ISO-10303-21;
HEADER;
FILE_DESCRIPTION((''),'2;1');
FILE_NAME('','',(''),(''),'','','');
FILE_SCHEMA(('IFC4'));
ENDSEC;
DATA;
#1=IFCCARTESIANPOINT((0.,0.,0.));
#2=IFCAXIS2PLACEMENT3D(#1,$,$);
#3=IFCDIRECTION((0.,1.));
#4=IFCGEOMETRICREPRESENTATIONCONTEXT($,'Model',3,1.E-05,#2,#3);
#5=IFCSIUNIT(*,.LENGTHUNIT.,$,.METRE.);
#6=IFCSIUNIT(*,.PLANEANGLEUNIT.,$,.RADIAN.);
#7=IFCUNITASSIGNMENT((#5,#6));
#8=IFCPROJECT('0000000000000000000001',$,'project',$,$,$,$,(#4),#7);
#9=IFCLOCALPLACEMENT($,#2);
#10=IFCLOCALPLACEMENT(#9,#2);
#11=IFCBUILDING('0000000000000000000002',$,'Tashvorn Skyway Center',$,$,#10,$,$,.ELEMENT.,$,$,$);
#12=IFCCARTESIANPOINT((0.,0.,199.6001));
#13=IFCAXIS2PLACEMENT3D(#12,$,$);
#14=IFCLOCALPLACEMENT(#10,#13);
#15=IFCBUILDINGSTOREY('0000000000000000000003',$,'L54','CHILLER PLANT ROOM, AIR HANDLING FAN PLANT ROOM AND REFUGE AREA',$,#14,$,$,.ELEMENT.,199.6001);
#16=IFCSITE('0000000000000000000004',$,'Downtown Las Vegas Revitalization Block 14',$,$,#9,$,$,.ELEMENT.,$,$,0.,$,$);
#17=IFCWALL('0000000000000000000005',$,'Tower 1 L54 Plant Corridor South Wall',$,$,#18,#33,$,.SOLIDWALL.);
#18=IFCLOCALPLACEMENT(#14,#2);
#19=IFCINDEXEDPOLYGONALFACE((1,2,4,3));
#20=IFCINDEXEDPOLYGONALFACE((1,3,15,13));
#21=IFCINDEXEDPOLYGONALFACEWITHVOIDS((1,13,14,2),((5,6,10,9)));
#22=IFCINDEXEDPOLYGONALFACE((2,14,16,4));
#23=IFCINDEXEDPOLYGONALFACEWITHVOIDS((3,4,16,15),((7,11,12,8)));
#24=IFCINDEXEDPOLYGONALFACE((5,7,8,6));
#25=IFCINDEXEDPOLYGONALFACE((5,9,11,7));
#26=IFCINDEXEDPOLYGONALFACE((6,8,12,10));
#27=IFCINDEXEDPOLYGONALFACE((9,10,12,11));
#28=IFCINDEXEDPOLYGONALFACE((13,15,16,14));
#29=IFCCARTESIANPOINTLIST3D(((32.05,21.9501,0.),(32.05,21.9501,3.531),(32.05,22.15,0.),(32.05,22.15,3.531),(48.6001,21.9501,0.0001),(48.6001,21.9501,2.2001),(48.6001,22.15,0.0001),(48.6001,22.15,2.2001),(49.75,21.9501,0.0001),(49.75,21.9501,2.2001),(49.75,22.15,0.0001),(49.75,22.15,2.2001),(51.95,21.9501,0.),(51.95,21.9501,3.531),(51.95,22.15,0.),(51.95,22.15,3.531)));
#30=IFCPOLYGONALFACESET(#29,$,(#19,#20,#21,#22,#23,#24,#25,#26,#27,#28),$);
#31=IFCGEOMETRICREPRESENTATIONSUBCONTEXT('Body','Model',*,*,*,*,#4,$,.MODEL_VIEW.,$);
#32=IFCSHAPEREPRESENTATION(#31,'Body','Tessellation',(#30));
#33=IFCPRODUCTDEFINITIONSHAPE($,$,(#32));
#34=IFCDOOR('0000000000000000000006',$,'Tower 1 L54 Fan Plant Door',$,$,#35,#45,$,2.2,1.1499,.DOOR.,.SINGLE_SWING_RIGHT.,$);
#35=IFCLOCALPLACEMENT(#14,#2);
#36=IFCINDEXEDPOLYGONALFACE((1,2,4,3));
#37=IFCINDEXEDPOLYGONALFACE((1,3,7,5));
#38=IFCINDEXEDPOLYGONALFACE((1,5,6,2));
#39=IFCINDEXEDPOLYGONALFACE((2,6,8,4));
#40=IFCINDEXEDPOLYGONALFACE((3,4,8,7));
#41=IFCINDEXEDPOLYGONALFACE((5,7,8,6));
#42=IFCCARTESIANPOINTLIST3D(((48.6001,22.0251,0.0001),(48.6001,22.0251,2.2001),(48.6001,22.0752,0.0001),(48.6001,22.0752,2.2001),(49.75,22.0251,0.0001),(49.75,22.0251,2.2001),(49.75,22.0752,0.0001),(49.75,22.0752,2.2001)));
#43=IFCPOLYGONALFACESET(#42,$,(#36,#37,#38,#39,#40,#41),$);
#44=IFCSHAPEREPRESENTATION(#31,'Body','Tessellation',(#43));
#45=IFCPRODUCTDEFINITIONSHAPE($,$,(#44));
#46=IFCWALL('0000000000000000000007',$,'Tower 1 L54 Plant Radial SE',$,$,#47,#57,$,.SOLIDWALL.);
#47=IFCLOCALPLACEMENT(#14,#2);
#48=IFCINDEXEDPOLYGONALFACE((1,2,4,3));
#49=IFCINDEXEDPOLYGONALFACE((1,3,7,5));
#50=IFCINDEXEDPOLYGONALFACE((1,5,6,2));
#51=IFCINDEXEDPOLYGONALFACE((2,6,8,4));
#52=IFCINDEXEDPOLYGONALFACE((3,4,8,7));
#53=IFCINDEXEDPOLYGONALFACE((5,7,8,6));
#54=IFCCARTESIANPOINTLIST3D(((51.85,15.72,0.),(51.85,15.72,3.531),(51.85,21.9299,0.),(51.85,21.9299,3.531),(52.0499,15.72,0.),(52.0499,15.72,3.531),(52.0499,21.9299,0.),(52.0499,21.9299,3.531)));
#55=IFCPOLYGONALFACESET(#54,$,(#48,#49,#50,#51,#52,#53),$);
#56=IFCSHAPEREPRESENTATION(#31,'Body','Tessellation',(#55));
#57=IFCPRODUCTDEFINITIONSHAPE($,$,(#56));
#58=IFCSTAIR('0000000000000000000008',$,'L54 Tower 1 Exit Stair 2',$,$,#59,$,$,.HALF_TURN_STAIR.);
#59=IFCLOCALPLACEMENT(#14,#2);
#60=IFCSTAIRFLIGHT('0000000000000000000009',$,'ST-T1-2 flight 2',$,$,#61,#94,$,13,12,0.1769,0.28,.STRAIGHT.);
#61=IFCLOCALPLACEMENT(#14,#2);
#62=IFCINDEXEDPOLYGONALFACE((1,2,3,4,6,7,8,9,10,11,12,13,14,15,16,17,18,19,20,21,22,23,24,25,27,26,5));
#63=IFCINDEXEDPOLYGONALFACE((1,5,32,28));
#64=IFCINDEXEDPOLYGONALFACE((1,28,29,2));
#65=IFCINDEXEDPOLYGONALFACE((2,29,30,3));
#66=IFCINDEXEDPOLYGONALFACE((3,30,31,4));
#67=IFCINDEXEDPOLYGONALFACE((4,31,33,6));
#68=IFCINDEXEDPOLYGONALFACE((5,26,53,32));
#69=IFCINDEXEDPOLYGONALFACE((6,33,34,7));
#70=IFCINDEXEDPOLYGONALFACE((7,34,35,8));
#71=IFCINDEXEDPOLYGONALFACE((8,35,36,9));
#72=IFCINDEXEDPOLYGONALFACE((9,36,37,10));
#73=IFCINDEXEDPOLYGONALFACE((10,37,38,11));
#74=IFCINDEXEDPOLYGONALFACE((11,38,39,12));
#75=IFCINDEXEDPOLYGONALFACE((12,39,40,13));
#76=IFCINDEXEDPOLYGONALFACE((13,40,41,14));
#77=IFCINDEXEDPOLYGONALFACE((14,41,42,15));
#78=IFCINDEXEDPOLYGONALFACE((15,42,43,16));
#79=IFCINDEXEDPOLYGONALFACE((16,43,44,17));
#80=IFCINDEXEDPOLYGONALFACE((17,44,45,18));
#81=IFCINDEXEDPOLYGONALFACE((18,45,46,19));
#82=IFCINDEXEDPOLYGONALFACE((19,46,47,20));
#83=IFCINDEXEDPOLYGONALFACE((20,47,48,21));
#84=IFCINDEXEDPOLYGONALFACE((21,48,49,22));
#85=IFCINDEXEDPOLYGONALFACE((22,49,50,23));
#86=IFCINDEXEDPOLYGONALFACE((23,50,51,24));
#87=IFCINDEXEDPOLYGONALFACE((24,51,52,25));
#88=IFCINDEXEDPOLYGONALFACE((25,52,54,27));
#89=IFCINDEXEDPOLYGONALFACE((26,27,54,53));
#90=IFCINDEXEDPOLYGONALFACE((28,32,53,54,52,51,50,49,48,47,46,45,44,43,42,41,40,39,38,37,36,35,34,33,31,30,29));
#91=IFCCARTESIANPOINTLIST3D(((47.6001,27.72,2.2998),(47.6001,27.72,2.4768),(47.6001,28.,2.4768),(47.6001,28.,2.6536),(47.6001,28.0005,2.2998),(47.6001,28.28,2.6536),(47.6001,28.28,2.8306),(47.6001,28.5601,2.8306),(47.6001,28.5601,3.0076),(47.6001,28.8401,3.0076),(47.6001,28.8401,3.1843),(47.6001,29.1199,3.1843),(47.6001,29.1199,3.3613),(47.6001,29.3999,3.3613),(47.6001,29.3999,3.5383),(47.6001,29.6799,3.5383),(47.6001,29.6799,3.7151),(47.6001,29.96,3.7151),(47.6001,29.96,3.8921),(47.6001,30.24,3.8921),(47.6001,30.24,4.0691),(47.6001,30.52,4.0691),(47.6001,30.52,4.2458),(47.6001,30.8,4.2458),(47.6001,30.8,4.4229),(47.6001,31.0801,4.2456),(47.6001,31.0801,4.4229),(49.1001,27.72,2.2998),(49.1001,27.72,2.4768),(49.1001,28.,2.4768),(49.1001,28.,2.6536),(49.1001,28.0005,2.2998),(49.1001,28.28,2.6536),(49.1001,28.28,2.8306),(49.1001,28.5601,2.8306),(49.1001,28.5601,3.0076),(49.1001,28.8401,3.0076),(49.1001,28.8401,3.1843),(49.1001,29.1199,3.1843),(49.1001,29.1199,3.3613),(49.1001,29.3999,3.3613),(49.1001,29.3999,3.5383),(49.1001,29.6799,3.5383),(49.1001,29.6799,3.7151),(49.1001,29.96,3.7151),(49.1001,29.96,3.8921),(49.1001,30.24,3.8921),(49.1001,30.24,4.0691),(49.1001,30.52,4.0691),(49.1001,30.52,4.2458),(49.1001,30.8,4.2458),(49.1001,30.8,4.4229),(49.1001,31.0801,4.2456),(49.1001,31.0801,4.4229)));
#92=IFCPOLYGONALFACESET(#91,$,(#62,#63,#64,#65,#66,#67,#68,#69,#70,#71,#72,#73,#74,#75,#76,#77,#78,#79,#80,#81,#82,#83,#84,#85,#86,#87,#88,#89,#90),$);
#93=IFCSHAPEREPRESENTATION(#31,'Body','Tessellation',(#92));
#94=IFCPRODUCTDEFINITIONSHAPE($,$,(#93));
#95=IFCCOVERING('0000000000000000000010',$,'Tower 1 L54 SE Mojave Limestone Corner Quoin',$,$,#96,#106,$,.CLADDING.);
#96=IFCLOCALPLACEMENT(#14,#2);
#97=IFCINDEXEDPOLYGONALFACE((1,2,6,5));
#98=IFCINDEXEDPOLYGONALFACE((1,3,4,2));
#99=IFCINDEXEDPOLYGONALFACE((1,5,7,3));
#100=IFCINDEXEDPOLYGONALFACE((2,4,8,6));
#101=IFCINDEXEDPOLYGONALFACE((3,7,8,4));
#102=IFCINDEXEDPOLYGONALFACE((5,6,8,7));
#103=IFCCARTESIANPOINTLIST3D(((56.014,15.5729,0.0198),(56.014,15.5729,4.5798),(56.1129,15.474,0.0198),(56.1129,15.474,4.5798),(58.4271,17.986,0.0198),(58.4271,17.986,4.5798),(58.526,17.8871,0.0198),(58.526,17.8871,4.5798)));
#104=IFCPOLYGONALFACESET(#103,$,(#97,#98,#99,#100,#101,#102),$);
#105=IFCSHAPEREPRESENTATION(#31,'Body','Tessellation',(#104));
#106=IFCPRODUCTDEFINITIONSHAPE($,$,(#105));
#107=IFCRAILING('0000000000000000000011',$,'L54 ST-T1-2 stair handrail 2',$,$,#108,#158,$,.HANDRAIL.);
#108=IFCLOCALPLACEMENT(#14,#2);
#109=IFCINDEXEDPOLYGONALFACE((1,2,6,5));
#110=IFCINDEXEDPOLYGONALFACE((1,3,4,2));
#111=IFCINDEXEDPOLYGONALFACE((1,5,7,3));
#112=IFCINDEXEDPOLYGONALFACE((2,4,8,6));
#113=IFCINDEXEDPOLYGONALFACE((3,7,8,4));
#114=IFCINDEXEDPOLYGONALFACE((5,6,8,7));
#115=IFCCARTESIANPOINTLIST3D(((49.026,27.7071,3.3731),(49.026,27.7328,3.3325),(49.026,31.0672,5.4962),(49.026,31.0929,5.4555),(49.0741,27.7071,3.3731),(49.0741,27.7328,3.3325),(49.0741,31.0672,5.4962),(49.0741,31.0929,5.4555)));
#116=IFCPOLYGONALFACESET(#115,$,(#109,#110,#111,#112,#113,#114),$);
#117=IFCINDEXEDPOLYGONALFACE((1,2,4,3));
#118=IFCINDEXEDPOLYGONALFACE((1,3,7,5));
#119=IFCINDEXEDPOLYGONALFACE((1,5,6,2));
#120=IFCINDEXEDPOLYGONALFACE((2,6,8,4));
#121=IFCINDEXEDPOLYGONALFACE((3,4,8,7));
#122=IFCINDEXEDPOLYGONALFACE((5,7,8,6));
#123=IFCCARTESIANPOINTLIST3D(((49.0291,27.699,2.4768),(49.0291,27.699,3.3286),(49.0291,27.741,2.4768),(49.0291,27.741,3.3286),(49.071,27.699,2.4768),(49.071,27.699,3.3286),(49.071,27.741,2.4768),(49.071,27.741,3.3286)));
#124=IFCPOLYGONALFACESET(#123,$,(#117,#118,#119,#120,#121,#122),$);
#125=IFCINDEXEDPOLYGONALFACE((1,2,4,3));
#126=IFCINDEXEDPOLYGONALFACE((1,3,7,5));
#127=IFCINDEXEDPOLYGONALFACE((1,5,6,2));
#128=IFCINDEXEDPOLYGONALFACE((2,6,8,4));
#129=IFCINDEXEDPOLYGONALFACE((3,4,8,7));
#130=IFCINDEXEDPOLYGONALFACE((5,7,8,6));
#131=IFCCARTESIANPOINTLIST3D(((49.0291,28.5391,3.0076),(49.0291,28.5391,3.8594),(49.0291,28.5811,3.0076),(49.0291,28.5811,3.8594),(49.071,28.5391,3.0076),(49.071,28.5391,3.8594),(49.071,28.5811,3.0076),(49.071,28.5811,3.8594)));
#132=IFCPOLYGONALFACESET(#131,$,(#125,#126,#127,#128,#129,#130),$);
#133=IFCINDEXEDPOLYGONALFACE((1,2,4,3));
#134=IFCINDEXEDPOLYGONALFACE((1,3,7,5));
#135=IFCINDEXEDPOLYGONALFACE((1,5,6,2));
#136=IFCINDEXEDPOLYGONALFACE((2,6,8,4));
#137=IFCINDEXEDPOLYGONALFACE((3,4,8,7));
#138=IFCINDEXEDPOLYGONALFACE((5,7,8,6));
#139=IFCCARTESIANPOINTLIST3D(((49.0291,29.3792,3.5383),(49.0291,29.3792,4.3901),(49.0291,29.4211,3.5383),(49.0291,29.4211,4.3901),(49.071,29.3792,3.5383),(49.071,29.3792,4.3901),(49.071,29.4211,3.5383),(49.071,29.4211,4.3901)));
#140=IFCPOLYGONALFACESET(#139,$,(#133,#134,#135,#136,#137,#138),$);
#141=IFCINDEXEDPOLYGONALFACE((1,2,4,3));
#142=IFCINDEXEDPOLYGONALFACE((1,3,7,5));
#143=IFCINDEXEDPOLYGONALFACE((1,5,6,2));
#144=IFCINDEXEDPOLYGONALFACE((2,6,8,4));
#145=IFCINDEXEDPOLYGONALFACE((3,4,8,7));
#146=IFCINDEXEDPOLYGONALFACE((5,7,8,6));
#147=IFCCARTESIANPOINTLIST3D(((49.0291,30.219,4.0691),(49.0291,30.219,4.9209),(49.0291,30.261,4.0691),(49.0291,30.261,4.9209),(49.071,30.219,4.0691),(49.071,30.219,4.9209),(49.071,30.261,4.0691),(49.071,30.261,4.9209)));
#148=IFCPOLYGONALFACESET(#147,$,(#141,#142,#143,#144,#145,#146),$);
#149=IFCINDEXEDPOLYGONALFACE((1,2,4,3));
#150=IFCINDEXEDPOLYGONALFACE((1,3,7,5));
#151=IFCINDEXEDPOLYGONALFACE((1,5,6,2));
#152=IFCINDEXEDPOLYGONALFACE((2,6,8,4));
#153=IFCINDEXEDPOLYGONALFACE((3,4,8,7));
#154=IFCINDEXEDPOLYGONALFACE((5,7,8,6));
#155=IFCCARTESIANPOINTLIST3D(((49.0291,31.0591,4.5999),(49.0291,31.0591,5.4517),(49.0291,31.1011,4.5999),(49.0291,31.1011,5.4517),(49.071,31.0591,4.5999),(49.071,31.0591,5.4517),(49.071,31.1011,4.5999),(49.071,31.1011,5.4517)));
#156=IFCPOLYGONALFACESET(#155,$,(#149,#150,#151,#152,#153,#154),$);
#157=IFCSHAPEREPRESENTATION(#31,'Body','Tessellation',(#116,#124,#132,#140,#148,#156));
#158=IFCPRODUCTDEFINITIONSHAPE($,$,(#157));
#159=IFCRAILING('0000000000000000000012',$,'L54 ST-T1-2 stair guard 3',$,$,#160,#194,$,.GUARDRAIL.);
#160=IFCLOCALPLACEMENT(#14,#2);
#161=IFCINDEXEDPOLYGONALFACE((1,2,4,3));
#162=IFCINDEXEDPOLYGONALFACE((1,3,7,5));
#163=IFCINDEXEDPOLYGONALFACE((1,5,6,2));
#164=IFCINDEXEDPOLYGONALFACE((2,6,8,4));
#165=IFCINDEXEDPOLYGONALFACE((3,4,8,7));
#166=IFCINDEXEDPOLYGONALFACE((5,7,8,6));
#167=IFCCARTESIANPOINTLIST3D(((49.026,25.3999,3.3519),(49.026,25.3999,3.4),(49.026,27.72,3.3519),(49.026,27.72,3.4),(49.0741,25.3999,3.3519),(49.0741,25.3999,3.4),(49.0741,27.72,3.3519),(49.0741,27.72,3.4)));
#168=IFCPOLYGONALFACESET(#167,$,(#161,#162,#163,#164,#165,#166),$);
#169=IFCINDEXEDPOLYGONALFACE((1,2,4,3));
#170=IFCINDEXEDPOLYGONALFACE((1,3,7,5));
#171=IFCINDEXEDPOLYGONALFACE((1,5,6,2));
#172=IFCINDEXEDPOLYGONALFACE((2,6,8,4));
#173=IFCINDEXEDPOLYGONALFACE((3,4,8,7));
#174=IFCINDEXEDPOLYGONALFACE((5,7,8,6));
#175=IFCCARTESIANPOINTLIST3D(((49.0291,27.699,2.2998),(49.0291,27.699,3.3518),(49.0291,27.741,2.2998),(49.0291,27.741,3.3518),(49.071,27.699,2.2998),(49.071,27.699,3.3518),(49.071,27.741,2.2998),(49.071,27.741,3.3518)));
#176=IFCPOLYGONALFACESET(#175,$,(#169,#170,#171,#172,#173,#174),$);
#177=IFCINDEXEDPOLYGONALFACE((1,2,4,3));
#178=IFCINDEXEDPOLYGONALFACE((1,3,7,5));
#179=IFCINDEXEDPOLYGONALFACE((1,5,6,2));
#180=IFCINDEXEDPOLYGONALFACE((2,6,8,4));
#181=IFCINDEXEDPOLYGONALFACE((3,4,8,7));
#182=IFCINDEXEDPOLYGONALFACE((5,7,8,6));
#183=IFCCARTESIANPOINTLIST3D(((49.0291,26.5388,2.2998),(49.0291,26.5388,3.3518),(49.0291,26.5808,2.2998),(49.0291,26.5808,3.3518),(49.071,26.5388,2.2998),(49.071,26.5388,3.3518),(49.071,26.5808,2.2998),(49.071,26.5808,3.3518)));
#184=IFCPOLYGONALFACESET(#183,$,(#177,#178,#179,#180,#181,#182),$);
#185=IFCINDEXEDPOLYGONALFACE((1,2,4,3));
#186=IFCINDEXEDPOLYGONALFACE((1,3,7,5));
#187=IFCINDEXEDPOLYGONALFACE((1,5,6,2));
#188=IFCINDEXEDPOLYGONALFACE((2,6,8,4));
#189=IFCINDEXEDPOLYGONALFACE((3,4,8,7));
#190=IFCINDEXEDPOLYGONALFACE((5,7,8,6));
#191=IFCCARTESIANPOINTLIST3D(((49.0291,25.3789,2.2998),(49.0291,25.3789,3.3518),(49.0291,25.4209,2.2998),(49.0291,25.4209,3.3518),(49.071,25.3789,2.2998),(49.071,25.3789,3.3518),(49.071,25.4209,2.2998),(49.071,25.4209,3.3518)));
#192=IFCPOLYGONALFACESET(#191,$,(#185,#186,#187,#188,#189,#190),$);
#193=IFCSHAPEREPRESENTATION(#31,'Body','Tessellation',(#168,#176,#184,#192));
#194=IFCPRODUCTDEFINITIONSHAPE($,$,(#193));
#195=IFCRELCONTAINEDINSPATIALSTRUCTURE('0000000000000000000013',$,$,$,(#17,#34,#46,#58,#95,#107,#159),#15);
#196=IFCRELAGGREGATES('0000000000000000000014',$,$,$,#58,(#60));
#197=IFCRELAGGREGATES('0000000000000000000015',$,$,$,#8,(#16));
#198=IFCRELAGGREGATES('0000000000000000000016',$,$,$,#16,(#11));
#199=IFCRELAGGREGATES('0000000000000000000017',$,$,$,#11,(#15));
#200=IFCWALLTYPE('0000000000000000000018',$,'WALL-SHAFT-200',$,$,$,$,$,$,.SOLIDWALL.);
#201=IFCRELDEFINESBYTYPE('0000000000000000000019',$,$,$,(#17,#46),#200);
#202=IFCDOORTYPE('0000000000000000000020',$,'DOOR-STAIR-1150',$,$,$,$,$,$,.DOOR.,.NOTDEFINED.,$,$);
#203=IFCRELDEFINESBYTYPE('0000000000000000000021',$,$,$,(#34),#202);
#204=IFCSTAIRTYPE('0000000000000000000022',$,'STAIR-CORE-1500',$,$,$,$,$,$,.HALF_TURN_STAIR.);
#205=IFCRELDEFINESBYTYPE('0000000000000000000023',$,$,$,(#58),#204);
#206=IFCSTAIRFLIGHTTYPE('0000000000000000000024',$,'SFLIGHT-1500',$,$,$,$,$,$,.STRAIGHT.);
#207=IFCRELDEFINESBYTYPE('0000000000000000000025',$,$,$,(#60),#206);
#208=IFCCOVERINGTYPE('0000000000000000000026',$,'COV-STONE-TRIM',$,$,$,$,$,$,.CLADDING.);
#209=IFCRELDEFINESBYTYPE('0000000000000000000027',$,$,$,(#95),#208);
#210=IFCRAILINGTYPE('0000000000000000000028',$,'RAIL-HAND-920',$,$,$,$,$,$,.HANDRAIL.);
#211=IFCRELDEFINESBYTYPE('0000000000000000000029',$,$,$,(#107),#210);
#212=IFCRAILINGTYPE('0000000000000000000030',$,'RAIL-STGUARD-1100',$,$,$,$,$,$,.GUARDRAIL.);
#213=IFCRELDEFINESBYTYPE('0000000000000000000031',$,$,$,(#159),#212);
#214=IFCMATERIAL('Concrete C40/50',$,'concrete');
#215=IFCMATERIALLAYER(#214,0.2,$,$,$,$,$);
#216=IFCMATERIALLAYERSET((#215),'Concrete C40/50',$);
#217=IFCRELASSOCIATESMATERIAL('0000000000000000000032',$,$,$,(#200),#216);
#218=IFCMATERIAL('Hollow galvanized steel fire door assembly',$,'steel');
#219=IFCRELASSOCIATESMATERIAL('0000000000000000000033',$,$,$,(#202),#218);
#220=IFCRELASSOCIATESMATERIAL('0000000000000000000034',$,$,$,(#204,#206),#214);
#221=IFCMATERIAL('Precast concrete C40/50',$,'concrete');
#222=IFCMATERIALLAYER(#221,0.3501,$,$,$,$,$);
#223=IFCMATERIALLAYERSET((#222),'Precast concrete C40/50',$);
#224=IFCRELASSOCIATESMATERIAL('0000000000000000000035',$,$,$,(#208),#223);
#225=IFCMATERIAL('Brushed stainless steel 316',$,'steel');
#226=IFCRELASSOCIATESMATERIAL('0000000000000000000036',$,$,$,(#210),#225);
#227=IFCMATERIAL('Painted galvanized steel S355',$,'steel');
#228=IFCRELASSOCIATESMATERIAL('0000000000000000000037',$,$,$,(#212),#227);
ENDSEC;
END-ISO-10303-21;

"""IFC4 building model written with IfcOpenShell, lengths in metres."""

from ifc_helpers import new_model, si_unit, direction, frame, frame_2d, origin, origin_2d, place, context, subcontext, project, spatial, polyline, rectangle, outline, extrude, material, layer, layer_set, type_object, element, fill, aggregate, save


model = new_model("IFC4")

# Units and contexts
model_context = context("Model", 3, precision=1e-05, world=origin(), true_north=direction((0.0, 1.0)))
body_context = subcontext(model_context, "Body", "Model", "MODEL_VIEW")
ifc_project = project(units=[si_unit("LENGTHUNIT", "METRE"), si_unit("PLANEANGLEUNIT", "RADIAN")], contexts=[model_context])

# Site, building, storey
site_placement = place(None, origin())
site = spatial("IfcSite", under=ifc_project, at=site_placement, Name="Downtown Las Vegas Revitalization Block 14", CompositionType="ELEMENT", RefElevation=0.0)
building_placement = place(site_placement, origin())
building = spatial("IfcBuilding", under=site, at=building_placement, Name="Tashvorn Skyway Center", CompositionType="ELEMENT")
storey_placement = place(building_placement, frame((0.0, 0.0, 199.6001)))
storey = spatial("IfcBuildingStorey", under=building, at=storey_placement, Name="L54", Description="CHILLER PLANT ROOM, AIR HANDLING FAN PLANT ROOM AND REFUGE AREA", CompositionType="ELEMENT", Elevation=199.6001)

# Shared definitions
ifc_material_1 = material(Name="Hollow galvanized steel fire door assembly", Category="steel")

# Shared definitions
ifc_material_2 = material(Name="Precast concrete C40/50", Category="concrete")

# Wall, opening, door
ifc_material_3 = material(Name="Concrete C40/50", Category="concrete")
ifc_layer_1 = layer(ifc_material_3, 0.2)
ifc_layer_set_1 = layer_set([ifc_layer_1], Name="Concrete C40/50")
wall_type_1 = type_object("IfcWallType", Name="WALL-SHAFT-200", PredefinedType="SOLIDWALL", material=ifc_layer_set_1)
wall_1_placement = place(storey_placement, frame((51.95, 22.05, 0.0), z_axis=(0.0, 0.0, 1.0), x_axis=(-1.0, 0.0, 0.0)))
wall_1 = element("IfcWall", 1, at=wall_1_placement, inside=storey, type_object=wall_type_1, Name="Tower 1 L54 Plant Corridor South Wall", PredefinedType="SOLIDWALL", context=body_context, shape_type="SweptSolid", body=[
    extrude(rectangle(XDim=19.8999, YDim=0.2, at=frame_2d((9.95, 0.0))), origin(), (0.0, 0.0, 1.0), 3.531),
])
opening_1_placement = place(wall_1_placement, frame((2.2, 0.0, 0.0)))
opening_1 = element("IfcOpeningElement", 2, at=opening_1_placement, cuts=wall_1, PredefinedType="OPENING", context=body_context, shape_type="SweptSolid", body=[
    extrude(rectangle(XDim=1.1499, YDim=2.2, at=frame_2d((0.575, 1.1001))), frame((0.0, 0.1099, 0.0), z_axis=(0.0, -1.0, 0.0), x_axis=(1.0, 0.0, 0.0)), (0.0, 0.0, 1.0), 0.22),
])
door_type_1 = type_object("IfcDoorType", Name="DOOR-STAIR-1150", OperationType="NOTDEFINED", PredefinedType="DOOR", material=ifc_material_1)
door_1_placement = place(opening_1_placement, origin())
door_1 = element("IfcDoor", 3, at=door_1_placement, inside=storey, type_object=door_type_1, Name="Tower 1 L54 Fan Plant Door", OperationType="SINGLE_SWING_RIGHT", OverallHeight=2.2, OverallWidth=1.1499, PredefinedType="DOOR", context=body_context, shape_type="SweptSolid", body=[
    extrude(rectangle(XDim=1.1499, YDim=2.2, at=frame_2d((0.575, 1.1001))), frame((0.0, 0.0249, 0.0), z_axis=(0.0, -1.0, 0.0), x_axis=(1.0, 0.0, 0.0)), (0.0, 0.0, 1.0), 0.05),
])
fill(opening_1, door_1)

# Wall
wall_2_placement = place(storey_placement, frame((51.95, 21.9299, 0.0), z_axis=(0.0, 0.0, 1.0), x_axis=(0.0, -1.0, 0.0)))
element("IfcWall", 4, at=wall_2_placement, inside=storey, type_object=wall_type_1, Name="Tower 1 L54 Plant Radial SE", PredefinedType="SOLIDWALL", context=body_context, shape_type="SweptSolid", body=[
    extrude(rectangle(XDim=6.21, YDim=0.2, at=frame_2d((3.105, 0.0))), origin(), (0.0, 0.0, 1.0), 3.531),
])

# Stair, stair flight
stair_type = type_object("IfcStairType", Name="STAIR-CORE-1500", PredefinedType="HALF_TURN_STAIR", material=ifc_material_3)
stair_placement = place(storey_placement, origin())
stair = element("IfcStair", 5, at=stair_placement, inside=storey, type_object=stair_type, Name="L54 Tower 1 Exit Stair 2", PredefinedType="HALF_TURN_STAIR")
stair_flight_type = type_object("IfcStairFlightType", Name="SFLIGHT-1500", PredefinedType="STRAIGHT", material=ifc_material_3)
stair_flight_placement = place(storey_placement, frame((48.3501, 27.72, 2.2998), z_axis=(0.0, 0.0, 1.0), x_axis=(0.0, 1.0, 0.0)))
stair_flight = element("IfcStairFlight", 6, at=stair_flight_placement, type_object=stair_flight_type, Name="ST-T1-2 flight 2", NumberOfRisers=13, NumberOfTreads=12, PredefinedType="STRAIGHT", RiserHeight=0.1769, TreadLength=0.28, context=body_context, shape_type="SweptSolid", body=[
    extrude(outline(polyline([(0.0, 0.0), (0.0, 0.177), (0.28, 0.177), (0.28, 0.3538), (0.5601, 0.3538), (0.5601, 0.5308), (0.8401, 0.5308), (0.8401, 0.7078), (1.1201, 0.7078), (1.1201, 0.8845), (1.3999, 0.8845), (1.3999, 1.0615), (1.6799, 1.0615), (1.6799, 1.2385), (1.96, 1.2385), (1.96, 1.4153), (2.24, 1.4153), (2.24, 1.5923), (2.52, 1.5923), (2.52, 1.7693), (2.8, 1.7693), (2.8, 1.946), (3.0801, 1.946), (3.0801, 2.123), (3.3601, 2.123), (3.3601, 2.3), (3.3601, 1.9458), (0.2805, 0.0), (0.0, 0.0)])), frame((0.0, 0.75, 0.0), z_axis=(0.0, -1.0, 0.0), x_axis=(1.0, 0.0, 0.0)), (0.0, 0.0, 1.0), 1.5),
])
aggregate(stair, [stair_flight])

# Covering
ifc_layer_2 = layer(ifc_material_2, 0.3501)
ifc_layer_set_2 = layer_set([ifc_layer_2], Name="Precast concrete C40/50")
covering_type = type_object("IfcCoveringType", Name="COV-STONE-TRIM", PredefinedType="CLADDING", material=ifc_layer_set_2)
covering_placement = place(storey_placement, frame((57.27, 16.73, 0.0198), z_axis=(0.0, 0.0, 1.0), x_axis=(0.707107, 0.707107, 0.0)))
element("IfcCovering", 7, at=covering_placement, inside=storey, type_object=covering_type, Name="Tower 1 L54 SE Mojave Limestone Corner Quoin", PredefinedType="CLADDING", context=body_context, shape_type="SweptSolid", body=[
    extrude(rectangle(XDim=3.4126, YDim=0.1399, at=origin_2d()), origin(), (0.0, 0.0, 1.0), 4.5601),
])

# Railings
ifc_material_4 = material(Name="Brushed stainless steel 316", Category="steel")
railing_type_1 = type_object("IfcRailingType", Name="RAIL-HAND-920", PredefinedType="HANDRAIL", material=ifc_material_4)
railing_1_placement = place(storey_placement, frame((49.05, 27.72, 2.4768)))
element("IfcRailing", 8, at=railing_1_placement, inside=storey, type_object=railing_type_1, Name="L54 ST-T1-2 stair handrail 2", PredefinedType="HANDRAIL", context=body_context, shape_type="SweptSolid", body=[
    extrude(rectangle(XDim=0.0481, YDim=0.0481, at=origin_2d()), frame((0.0, 0.0, 0.876), z_axis=(0.0, 0.84539, 0.53415), x_axis=(-1.0, 0.0, 0.0)), (0.0, 0.0, 1.0), 3.9746),
    extrude(rectangle(XDim=0.042, YDim=0.042, at=origin_2d()), origin(), (0.0, 0.0, 1.0), 0.8518),
    extrude(rectangle(XDim=0.042, YDim=0.042, at=origin_2d()), frame((0.0, 0.8401, 0.5308)), (0.0, 0.0, 1.0), 0.8518),
    extrude(rectangle(XDim=0.042, YDim=0.042, at=origin_2d()), frame((0.0, 1.6802, 1.0615)), (0.0, 0.0, 1.0), 0.8518),
    extrude(rectangle(XDim=0.042, YDim=0.042, at=origin_2d()), frame((0.0, 2.52, 1.5923)), (0.0, 0.0, 1.0), 0.8518),
    extrude(rectangle(XDim=0.042, YDim=0.042, at=origin_2d()), frame((0.0, 3.3601, 2.123)), (0.0, 0.0, 1.0), 0.8518),
])
ifc_material_5 = material(Name="Painted galvanized steel S355", Category="steel")
railing_type_2 = type_object("IfcRailingType", Name="RAIL-STGUARD-1100", PredefinedType="GUARDRAIL", material=ifc_material_5)
railing_2_placement = place(storey_placement, frame((49.05, 27.72, 2.2998)))
element("IfcRailing", 9, at=railing_2_placement, inside=storey, type_object=railing_type_2, Name="L54 ST-T1-2 stair guard 3", PredefinedType="GUARDRAIL", context=body_context, shape_type="SweptSolid", body=[
    extrude(rectangle(XDim=0.0481, YDim=0.0481, at=origin_2d()), frame((0.0, 0.0, 1.0762), z_axis=(0.0, -1.0, 0.0), x_axis=(1.0, 0.0, 0.0)), (0.0, 0.0, 1.0), 2.3201),
    extrude(rectangle(XDim=0.042, YDim=0.042, at=origin_2d()), origin(), (0.0, 0.0, 1.0), 1.052),
    extrude(rectangle(XDim=0.042, YDim=0.042, at=origin_2d()), frame((0.0, -1.1602, 0.0)), (0.0, 0.0, 1.0), 1.052),
    extrude(rectangle(XDim=0.042, YDim=0.042, at=origin_2d()), frame((0.0, -2.3201, 0.0)), (0.0, 0.0, 1.0), 1.052),
])

save(model, "model.ifc")
